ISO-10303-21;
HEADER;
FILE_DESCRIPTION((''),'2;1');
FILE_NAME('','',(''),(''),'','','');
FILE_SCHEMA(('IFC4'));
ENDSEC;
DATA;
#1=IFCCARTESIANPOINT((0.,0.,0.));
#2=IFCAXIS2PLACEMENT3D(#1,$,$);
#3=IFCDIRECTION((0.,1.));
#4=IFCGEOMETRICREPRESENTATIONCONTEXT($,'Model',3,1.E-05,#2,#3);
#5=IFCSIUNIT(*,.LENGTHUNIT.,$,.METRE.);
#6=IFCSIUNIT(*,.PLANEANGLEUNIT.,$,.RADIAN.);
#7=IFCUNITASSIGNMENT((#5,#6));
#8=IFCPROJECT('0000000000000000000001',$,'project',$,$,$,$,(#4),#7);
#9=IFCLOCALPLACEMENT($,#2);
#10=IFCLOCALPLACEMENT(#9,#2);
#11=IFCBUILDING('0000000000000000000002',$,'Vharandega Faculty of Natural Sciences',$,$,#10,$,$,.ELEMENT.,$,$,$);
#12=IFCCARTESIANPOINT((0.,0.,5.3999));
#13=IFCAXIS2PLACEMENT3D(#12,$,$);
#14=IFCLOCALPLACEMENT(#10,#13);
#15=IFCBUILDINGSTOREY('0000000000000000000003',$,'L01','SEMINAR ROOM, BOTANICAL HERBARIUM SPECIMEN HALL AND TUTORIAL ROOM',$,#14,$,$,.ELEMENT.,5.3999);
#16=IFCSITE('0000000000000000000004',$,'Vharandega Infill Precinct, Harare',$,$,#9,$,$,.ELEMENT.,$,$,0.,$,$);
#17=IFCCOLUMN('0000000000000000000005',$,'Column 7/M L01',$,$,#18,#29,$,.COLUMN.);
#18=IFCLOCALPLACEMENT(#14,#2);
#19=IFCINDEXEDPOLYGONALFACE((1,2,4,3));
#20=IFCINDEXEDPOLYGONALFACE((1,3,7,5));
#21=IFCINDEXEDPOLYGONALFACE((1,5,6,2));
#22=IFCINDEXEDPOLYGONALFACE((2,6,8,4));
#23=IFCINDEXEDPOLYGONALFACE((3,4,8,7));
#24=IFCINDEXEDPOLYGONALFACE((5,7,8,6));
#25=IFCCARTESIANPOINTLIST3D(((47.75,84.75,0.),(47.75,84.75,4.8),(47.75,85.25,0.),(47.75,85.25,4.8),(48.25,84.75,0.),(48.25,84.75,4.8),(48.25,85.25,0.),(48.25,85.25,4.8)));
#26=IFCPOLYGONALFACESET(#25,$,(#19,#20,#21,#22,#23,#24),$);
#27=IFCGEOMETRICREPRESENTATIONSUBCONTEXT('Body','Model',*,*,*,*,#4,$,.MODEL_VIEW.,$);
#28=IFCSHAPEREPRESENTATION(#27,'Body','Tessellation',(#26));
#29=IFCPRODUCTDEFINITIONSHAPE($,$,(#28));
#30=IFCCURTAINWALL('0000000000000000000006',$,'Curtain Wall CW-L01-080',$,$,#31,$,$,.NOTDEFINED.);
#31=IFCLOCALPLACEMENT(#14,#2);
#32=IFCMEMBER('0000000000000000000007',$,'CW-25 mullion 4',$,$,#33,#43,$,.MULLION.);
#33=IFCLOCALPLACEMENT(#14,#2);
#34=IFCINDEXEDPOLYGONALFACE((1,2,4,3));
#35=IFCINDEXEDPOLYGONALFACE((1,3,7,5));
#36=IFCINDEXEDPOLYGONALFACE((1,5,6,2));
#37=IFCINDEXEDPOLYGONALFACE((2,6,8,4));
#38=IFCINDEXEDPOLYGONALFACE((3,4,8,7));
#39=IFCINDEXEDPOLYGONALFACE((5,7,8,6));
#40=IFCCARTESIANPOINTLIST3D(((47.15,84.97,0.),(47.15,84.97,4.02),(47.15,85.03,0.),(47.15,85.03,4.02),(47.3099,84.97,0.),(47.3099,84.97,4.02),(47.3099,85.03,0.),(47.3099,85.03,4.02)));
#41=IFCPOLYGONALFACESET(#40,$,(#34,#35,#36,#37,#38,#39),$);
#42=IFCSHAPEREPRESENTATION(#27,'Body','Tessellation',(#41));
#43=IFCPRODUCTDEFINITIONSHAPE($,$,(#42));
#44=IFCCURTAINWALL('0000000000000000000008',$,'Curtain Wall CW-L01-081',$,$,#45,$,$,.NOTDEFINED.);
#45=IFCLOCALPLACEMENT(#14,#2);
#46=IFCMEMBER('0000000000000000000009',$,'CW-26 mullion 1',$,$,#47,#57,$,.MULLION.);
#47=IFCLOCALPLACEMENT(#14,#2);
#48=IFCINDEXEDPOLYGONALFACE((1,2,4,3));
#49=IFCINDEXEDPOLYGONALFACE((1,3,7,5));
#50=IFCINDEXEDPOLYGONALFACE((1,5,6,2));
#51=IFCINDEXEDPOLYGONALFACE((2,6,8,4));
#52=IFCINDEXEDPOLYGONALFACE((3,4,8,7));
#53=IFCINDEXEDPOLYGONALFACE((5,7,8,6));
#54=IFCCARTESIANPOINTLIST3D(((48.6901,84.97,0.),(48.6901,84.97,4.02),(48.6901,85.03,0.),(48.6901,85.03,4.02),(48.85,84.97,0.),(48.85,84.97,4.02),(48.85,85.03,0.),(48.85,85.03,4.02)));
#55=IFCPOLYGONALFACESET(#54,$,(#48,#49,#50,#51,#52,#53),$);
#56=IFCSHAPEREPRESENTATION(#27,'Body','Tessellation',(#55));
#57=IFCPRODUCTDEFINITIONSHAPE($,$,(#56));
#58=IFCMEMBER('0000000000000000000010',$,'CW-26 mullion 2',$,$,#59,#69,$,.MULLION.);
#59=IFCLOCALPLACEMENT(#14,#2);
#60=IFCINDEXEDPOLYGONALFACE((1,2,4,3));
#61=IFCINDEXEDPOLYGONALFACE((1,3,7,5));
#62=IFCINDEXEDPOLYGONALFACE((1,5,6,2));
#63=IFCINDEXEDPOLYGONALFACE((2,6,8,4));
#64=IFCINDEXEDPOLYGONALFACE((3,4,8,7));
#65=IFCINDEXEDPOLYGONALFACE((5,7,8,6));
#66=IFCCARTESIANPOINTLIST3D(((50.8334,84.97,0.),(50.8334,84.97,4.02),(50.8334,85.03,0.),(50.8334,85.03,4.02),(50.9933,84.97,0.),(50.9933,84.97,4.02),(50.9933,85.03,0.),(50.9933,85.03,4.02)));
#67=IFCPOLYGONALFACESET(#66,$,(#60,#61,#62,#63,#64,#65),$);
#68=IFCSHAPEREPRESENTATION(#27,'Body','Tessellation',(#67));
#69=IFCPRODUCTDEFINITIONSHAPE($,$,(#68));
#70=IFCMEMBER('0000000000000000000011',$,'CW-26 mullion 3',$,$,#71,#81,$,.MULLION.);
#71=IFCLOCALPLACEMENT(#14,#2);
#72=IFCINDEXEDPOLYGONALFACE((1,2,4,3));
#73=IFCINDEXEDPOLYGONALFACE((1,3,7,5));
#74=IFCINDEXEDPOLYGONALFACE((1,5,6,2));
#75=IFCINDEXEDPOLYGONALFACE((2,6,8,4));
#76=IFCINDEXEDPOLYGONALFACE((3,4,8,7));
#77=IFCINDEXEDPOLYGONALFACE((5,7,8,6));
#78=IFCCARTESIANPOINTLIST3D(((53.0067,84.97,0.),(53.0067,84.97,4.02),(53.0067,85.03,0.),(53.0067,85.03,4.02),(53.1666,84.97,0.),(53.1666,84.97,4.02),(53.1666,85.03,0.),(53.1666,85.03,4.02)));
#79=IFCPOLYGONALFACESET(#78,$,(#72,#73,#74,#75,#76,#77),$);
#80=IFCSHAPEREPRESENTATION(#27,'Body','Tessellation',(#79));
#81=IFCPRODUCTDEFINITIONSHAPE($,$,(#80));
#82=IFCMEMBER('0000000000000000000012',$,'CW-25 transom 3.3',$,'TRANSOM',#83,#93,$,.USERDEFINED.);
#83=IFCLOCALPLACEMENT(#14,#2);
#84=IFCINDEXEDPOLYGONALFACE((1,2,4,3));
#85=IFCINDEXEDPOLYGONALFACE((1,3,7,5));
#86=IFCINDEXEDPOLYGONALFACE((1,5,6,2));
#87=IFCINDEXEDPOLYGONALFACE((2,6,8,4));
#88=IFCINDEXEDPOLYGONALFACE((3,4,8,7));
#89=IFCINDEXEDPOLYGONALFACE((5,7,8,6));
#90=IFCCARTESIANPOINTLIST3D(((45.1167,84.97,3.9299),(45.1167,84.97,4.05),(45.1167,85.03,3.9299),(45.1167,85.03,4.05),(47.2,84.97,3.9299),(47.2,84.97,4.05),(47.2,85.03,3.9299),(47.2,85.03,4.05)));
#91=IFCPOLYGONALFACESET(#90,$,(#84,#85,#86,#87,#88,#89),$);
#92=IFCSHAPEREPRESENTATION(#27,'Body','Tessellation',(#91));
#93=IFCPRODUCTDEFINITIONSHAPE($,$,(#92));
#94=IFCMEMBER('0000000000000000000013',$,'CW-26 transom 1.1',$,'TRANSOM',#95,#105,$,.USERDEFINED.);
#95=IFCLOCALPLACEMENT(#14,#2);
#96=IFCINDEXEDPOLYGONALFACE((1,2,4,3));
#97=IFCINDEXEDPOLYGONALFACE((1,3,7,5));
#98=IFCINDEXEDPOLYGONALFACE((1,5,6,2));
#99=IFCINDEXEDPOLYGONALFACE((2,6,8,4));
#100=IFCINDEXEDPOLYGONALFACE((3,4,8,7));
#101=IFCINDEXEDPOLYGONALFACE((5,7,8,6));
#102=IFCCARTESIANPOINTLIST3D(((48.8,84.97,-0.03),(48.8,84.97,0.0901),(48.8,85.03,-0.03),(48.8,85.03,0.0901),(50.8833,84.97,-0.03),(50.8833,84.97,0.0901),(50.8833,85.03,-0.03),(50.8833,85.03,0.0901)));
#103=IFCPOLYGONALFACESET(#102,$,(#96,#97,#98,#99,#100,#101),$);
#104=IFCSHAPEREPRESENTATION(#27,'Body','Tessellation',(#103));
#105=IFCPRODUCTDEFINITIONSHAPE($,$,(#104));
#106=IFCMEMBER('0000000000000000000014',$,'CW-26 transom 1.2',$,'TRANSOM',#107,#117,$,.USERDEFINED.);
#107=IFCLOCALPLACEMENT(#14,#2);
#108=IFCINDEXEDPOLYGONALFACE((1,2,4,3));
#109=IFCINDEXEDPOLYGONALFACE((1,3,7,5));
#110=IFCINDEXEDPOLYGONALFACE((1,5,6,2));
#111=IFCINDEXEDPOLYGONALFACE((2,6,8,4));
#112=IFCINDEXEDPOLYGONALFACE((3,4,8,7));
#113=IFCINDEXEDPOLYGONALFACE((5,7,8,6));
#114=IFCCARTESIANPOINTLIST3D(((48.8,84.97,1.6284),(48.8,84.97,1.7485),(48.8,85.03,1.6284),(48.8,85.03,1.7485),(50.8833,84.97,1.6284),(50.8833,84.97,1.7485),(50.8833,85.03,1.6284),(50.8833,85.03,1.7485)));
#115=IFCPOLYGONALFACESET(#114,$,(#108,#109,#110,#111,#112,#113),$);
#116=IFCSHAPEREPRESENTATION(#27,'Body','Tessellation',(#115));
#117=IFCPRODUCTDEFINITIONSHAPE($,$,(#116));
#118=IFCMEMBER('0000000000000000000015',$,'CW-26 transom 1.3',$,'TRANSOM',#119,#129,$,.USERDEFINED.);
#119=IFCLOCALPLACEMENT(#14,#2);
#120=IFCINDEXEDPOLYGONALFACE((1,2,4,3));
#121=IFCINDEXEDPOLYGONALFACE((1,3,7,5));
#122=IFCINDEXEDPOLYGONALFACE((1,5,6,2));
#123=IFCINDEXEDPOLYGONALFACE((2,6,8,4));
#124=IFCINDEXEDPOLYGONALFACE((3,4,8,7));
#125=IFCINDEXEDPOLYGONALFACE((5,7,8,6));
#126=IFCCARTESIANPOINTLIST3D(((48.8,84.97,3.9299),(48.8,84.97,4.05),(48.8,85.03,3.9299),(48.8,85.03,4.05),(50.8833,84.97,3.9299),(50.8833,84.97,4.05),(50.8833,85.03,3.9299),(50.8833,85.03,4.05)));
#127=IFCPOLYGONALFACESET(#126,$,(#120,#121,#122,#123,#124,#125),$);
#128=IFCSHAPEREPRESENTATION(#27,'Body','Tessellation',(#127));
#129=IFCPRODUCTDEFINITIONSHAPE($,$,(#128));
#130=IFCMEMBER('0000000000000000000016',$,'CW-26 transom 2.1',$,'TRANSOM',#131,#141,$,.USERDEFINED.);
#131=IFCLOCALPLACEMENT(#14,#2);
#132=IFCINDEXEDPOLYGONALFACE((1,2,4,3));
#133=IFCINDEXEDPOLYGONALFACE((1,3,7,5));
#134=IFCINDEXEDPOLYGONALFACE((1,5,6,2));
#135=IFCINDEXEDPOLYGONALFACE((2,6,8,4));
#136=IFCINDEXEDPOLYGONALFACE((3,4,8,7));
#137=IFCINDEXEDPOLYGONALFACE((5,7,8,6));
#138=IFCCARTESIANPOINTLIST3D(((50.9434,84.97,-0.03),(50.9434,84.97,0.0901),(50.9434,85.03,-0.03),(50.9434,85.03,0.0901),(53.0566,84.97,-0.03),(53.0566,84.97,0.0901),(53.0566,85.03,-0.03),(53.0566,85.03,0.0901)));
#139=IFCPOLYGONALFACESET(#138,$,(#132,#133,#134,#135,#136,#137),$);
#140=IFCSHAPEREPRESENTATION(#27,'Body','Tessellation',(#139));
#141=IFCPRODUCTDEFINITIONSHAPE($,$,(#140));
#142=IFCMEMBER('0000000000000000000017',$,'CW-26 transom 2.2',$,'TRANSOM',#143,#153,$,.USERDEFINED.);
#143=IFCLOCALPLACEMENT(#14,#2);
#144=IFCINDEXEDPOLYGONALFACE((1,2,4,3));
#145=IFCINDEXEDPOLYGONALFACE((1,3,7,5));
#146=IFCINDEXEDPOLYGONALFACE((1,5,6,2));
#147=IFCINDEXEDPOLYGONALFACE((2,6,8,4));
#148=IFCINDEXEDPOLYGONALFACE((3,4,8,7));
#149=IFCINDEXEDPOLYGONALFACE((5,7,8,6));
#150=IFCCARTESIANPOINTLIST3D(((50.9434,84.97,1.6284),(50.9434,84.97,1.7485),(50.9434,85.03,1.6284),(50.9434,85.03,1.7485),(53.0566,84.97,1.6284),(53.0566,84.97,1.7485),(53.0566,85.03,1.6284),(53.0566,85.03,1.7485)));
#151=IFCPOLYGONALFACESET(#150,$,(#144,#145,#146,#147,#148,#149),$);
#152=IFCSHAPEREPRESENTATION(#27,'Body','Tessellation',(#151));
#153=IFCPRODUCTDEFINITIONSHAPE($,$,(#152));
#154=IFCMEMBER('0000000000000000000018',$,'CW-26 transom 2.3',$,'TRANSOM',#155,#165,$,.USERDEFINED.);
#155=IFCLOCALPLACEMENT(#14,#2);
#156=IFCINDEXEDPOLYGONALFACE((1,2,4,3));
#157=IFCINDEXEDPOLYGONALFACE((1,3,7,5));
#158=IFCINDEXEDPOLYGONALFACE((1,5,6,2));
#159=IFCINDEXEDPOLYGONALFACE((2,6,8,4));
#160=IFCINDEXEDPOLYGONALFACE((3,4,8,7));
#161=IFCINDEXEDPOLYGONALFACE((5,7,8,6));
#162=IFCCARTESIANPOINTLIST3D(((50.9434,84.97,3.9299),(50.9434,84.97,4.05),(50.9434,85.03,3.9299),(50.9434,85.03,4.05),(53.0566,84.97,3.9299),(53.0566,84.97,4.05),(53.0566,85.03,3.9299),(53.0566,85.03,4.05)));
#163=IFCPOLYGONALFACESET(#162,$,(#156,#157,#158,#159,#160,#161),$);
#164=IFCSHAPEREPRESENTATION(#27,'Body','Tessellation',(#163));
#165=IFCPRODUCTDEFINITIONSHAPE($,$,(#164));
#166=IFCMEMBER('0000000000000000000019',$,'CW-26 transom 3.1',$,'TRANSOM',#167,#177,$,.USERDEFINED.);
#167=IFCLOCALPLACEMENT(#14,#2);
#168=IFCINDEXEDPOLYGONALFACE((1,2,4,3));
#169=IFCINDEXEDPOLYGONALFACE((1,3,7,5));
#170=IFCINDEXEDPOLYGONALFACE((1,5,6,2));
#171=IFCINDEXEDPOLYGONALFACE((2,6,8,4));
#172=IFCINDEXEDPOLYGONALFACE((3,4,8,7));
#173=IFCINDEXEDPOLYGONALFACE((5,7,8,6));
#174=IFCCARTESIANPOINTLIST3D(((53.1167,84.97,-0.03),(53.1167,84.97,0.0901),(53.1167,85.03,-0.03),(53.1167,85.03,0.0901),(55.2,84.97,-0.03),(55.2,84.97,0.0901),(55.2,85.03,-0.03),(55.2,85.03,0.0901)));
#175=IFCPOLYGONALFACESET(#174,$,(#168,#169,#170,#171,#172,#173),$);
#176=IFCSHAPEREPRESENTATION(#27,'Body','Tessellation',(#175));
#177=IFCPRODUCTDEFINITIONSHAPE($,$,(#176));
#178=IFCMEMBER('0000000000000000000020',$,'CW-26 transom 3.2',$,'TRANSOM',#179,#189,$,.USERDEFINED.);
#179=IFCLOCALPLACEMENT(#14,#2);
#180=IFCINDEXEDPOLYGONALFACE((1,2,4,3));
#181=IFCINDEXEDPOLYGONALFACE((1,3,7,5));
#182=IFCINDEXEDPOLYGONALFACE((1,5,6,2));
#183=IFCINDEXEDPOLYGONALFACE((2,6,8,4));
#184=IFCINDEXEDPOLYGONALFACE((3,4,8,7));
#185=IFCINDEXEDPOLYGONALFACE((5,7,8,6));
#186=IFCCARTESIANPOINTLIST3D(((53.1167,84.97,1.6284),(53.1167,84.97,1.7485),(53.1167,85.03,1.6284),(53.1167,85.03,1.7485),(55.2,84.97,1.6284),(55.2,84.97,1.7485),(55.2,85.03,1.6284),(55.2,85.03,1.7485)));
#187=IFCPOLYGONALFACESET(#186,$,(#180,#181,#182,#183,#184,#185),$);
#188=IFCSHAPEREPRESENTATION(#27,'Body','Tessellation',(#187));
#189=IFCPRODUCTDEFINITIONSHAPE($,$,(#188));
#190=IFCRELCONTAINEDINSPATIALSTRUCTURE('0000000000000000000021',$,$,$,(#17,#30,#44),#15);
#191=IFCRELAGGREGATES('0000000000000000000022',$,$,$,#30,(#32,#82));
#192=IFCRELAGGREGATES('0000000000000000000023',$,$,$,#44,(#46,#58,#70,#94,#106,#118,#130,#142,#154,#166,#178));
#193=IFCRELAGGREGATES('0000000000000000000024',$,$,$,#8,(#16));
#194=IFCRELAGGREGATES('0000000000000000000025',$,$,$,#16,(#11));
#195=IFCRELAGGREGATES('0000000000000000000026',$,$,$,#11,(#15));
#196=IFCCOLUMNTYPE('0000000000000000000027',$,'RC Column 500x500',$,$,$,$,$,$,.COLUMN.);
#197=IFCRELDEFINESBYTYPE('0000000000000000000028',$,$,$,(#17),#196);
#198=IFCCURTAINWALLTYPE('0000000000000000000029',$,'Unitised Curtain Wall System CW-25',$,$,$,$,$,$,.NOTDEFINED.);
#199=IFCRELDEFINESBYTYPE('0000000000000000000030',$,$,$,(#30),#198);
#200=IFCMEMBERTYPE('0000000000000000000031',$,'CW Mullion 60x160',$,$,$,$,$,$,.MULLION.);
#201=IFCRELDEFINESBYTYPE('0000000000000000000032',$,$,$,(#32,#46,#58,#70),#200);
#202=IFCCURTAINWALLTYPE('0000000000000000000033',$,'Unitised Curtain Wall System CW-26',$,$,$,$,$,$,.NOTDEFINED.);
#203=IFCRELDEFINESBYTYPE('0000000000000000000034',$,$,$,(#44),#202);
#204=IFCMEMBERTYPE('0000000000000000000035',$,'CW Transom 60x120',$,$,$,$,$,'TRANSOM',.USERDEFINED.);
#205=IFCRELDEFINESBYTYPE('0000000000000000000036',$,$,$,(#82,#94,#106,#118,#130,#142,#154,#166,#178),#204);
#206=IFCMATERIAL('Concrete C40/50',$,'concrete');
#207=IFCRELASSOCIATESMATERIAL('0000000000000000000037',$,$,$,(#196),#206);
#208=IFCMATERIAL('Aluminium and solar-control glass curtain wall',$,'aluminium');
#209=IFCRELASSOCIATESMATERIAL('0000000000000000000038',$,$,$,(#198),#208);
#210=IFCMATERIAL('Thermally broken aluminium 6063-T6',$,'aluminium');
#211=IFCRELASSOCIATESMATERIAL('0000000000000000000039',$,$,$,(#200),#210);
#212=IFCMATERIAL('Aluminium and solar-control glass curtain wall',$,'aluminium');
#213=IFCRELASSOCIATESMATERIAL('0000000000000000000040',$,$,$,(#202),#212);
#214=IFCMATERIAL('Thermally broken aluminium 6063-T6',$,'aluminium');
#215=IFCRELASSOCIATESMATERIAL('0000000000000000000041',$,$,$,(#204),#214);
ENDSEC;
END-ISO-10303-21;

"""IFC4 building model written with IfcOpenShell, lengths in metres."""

from ifc_helpers import new_model, si_unit, direction, frame, origin, origin_2d, place, context, subcontext, project, spatial, rectangle, extrude, material, material_profile, profile_set, type_object, element, aggregate, save


model = new_model("IFC4")

# Units and contexts
model_context = context("Model", 3, precision=1e-05, world=origin(), true_north=direction((0.0, 1.0)))
body_context = subcontext(model_context, "Body", "Model", "MODEL_VIEW")
ifc_project = project(units=[si_unit("LENGTHUNIT", "METRE"), si_unit("PLANEANGLEUNIT", "RADIAN")], contexts=[model_context])

# Site, building, storey
site_placement = place(None, origin())
site = spatial("IfcSite", under=ifc_project, at=site_placement, Name="Vharandega Infill Precinct, Harare", CompositionType="ELEMENT", RefElevation=0.0)
building_placement = place(site_placement, origin())
building = spatial("IfcBuilding", under=site, at=building_placement, Name="Vharandega Faculty of Natural Sciences", CompositionType="ELEMENT")
storey_placement = place(building_placement, frame((0.0, 0.0, 5.3999)))
storey = spatial("IfcBuildingStorey", under=building, at=storey_placement, Name="L01", Description="SEMINAR ROOM, BOTANICAL HERBARIUM SPECIMEN HALL AND TUTORIAL ROOM", CompositionType="ELEMENT", Elevation=5.3999)

# Column
ifc_material_1 = material(Name="Concrete C40/50", Category="concrete")
ifc_material_profile_1 = material_profile(ifc_material_1, rectangle(XDim=0.5, YDim=0.5, at=origin_2d()), Name="RC 500x500")
ifc_profile_set_1 = profile_set([ifc_material_profile_1], Name="Concrete C40/50")
column_type = type_object("IfcColumnType", Name="RC Column 500x500", PredefinedType="COLUMN", material=ifc_profile_set_1)
column_placement = place(storey_placement, frame((48.0, 85.0, 0.0), z_axis=(0.0, 0.0, 1.0), x_axis=(1.0, 0.0, 0.0)))
element("IfcColumn", 1, at=column_placement, inside=storey, type_object=column_type, Name="Column 7/M L01", PredefinedType="COLUMN", context=body_context, shape_type="SweptSolid", body=[
    extrude(rectangle(XDim=0.5, YDim=0.5, at=origin_2d()), origin(), (0.0, 0.0, 1.0), 4.8),
])

# Curtain wall, member
ifc_material_2 = material(Name="Aluminium and solar-control glass curtain wall", Category="aluminium")
curtain_wall_type_1 = type_object("IfcCurtainWallType", Name="Unitised Curtain Wall System CW-25", PredefinedType="NOTDEFINED", material=ifc_material_2)
curtain_wall_1_placement = place(storey_placement, origin())
curtain_wall_1 = element("IfcCurtainWall", 2, at=curtain_wall_1_placement, inside=storey, type_object=curtain_wall_type_1, Name="Curtain Wall CW-L01-080", PredefinedType="NOTDEFINED")
ifc_material_3 = material(Name="Thermally broken aluminium 6063-T6", Category="aluminium")
ifc_material_profile_2 = material_profile(ifc_material_3, rectangle(XDim=0.0601, YDim=0.1599, at=origin_2d()), Name="ALU 60x160")
ifc_profile_set_2 = profile_set([ifc_material_profile_2], Name="Thermally broken aluminium 6063-T6")
member_type_1 = type_object("IfcMemberType", Name="CW Mullion 60x160", PredefinedType="MULLION", material=ifc_profile_set_2)
member_1_placement = place(storey_placement, frame((47.23, 85.0, 0.0), z_axis=(0.0, 0.0, 1.0), x_axis=(0.0, 1.0, 0.0)))
member_1 = element("IfcMember", 3, at=member_1_placement, type_object=member_type_1, Name="CW-25 mullion 4", PredefinedType="MULLION", context=body_context, shape_type="SweptSolid", body=[
    extrude(rectangle(XDim=0.0601, YDim=0.1599, at=origin_2d()), origin(), (0.0, 0.0, 1.0), 4.02),
])

# Curtain wall, members
ifc_material_4 = material(Name="Aluminium and solar-control glass curtain wall", Category="aluminium")
curtain_wall_type_2 = type_object("IfcCurtainWallType", Name="Unitised Curtain Wall System CW-26", PredefinedType="NOTDEFINED", material=ifc_material_4)
curtain_wall_2_placement = place(storey_placement, origin())
curtain_wall_2 = element("IfcCurtainWall", 4, at=curtain_wall_2_placement, inside=storey, type_object=curtain_wall_type_2, Name="Curtain Wall CW-L01-081", PredefinedType="NOTDEFINED")
member_2_placement = place(storey_placement, frame((48.77, 85.0, 0.0), z_axis=(0.0, 0.0, 1.0), x_axis=(0.0, 1.0, 0.0)))
member_2 = element("IfcMember", 5, at=member_2_placement, type_object=member_type_1, Name="CW-26 mullion 1", PredefinedType="MULLION", context=body_context, shape_type="SweptSolid", body=[
    extrude(rectangle(XDim=0.0601, YDim=0.1599, at=origin_2d()), origin(), (0.0, 0.0, 1.0), 4.02),
])
member_3_placement = place(storey_placement, frame((50.9133, 85.0, 0.0), z_axis=(0.0, 0.0, 1.0), x_axis=(0.0, 1.0, 0.0)))
member_3 = element("IfcMember", 6, at=member_3_placement, type_object=member_type_1, Name="CW-26 mullion 2", PredefinedType="MULLION", context=body_context, shape_type="SweptSolid", body=[
    extrude(rectangle(XDim=0.0601, YDim=0.1599, at=origin_2d()), origin(), (0.0, 0.0, 1.0), 4.02),
])
member_4_placement = place(storey_placement, frame((53.0867, 85.0, 0.0), z_axis=(0.0, 0.0, 1.0), x_axis=(0.0, 1.0, 0.0)))
member_4 = element("IfcMember", 7, at=member_4_placement, type_object=member_type_1, Name="CW-26 mullion 3", PredefinedType="MULLION", context=body_context, shape_type="SweptSolid", body=[
    extrude(rectangle(XDim=0.0601, YDim=0.1599, at=origin_2d()), origin(), (0.0, 0.0, 1.0), 4.02),
])

# Members
ifc_material_5 = material(Name="Thermally broken aluminium 6063-T6", Category="aluminium")
ifc_material_profile_3 = material_profile(ifc_material_5, rectangle(XDim=0.0601, YDim=0.1201, at=origin_2d()), Name="ALU 60x120")
ifc_profile_set_3 = profile_set([ifc_material_profile_3], Name="Thermally broken aluminium 6063-T6")
member_type_2 = type_object("IfcMemberType", Name="CW Transom 60x120", ElementType="TRANSOM", PredefinedType="USERDEFINED", material=ifc_profile_set_3)
member_5_placement = place(storey_placement, frame((45.1167, 85.0, 3.99), z_axis=(1.0, 0.0, 0.0), x_axis=(0.0, 1.0, 0.0)))
member_5 = element("IfcMember", 8, at=member_5_placement, type_object=member_type_2, Name="CW-25 transom 3.3", ObjectType="TRANSOM", PredefinedType="USERDEFINED", context=body_context, shape_type="SweptSolid", body=[
    extrude(rectangle(XDim=0.0601, YDim=0.1201, at=origin_2d()), origin(), (0.0, 0.0, 1.0), 2.0833),
])
member_6_placement = place(storey_placement, frame((48.8, 85.0, 0.03), z_axis=(1.0, 0.0, 0.0), x_axis=(0.0, 1.0, 0.0)))
member_6 = element("IfcMember", 9, at=member_6_placement, type_object=member_type_2, Name="CW-26 transom 1.1", ObjectType="TRANSOM", PredefinedType="USERDEFINED", context=body_context, shape_type="SweptSolid", body=[
    extrude(rectangle(XDim=0.0601, YDim=0.1201, at=origin_2d()), origin(), (0.0, 0.0, 1.0), 2.0833),
])
member_7_placement = place(storey_placement, frame((48.8, 85.0, 1.6885), z_axis=(1.0, 0.0, 0.0), x_axis=(0.0, 1.0, 0.0)))
member_7 = element("IfcMember", 10, at=member_7_placement, type_object=member_type_2, Name="CW-26 transom 1.2", ObjectType="TRANSOM", PredefinedType="USERDEFINED", context=body_context, shape_type="SweptSolid", body=[
    extrude(rectangle(XDim=0.0601, YDim=0.1201, at=origin_2d()), origin(), (0.0, 0.0, 1.0), 2.0833),
])
member_8_placement = place(storey_placement, frame((48.8, 85.0, 3.99), z_axis=(1.0, 0.0, 0.0), x_axis=(0.0, 1.0, 0.0)))
member_8 = element("IfcMember", 11, at=member_8_placement, type_object=member_type_2, Name="CW-26 transom 1.3", ObjectType="TRANSOM", PredefinedType="USERDEFINED", context=body_context, shape_type="SweptSolid", body=[
    extrude(rectangle(XDim=0.0601, YDim=0.1201, at=origin_2d()), origin(), (0.0, 0.0, 1.0), 2.0833),
])
member_9_placement = place(storey_placement, frame((50.9434, 85.0, 0.03), z_axis=(1.0, 0.0, 0.0), x_axis=(0.0, 1.0, 0.0)))
member_9 = element("IfcMember", 12, at=member_9_placement, type_object=member_type_2, Name="CW-26 transom 2.1", ObjectType="TRANSOM", PredefinedType="USERDEFINED", context=body_context, shape_type="SweptSolid", body=[
    extrude(rectangle(XDim=0.0601, YDim=0.1201, at=origin_2d()), origin(), (0.0, 0.0, 1.0), 2.1133),
])
member_10_placement = place(storey_placement, frame((50.9434, 85.0, 1.6885), z_axis=(1.0, 0.0, 0.0), x_axis=(0.0, 1.0, 0.0)))
member_10 = element("IfcMember", 13, at=member_10_placement, type_object=member_type_2, Name="CW-26 transom 2.2", ObjectType="TRANSOM", PredefinedType="USERDEFINED", context=body_context, shape_type="SweptSolid", body=[
    extrude(rectangle(XDim=0.0601, YDim=0.1201, at=origin_2d()), origin(), (0.0, 0.0, 1.0), 2.1133),
])
member_11_placement = place(storey_placement, frame((50.9434, 85.0, 3.99), z_axis=(1.0, 0.0, 0.0), x_axis=(0.0, 1.0, 0.0)))
member_11 = element("IfcMember", 14, at=member_11_placement, type_object=member_type_2, Name="CW-26 transom 2.3", ObjectType="TRANSOM", PredefinedType="USERDEFINED", context=body_context, shape_type="SweptSolid", body=[
    extrude(rectangle(XDim=0.0601, YDim=0.1201, at=origin_2d()), origin(), (0.0, 0.0, 1.0), 2.1133),
])
member_12_placement = place(storey_placement, frame((53.1167, 85.0, 0.03), z_axis=(1.0, 0.0, 0.0), x_axis=(0.0, 1.0, 0.0)))
member_12 = element("IfcMember", 15, at=member_12_placement, type_object=member_type_2, Name="CW-26 transom 3.1", ObjectType="TRANSOM", PredefinedType="USERDEFINED", context=body_context, shape_type="SweptSolid", body=[
    extrude(rectangle(XDim=0.0601, YDim=0.1201, at=origin_2d()), origin(), (0.0, 0.0, 1.0), 2.0833),
])
member_13_placement = place(storey_placement, frame((53.1167, 85.0, 1.6885), z_axis=(1.0, 0.0, 0.0), x_axis=(0.0, 1.0, 0.0)))
member_13 = element("IfcMember", 16, at=member_13_placement, type_object=member_type_2, Name="CW-26 transom 3.2", ObjectType="TRANSOM", PredefinedType="USERDEFINED", context=body_context, shape_type="SweptSolid", body=[
    extrude(rectangle(XDim=0.0601, YDim=0.1201, at=origin_2d()), origin(), (0.0, 0.0, 1.0), 2.0833),
])

aggregate(curtain_wall_1, [member_1, member_5])
aggregate(curtain_wall_2, [member_2, member_3, member_4, member_6, member_7, member_8, member_9, member_10, member_11, member_12, member_13])

save(model, "model.ifc")
